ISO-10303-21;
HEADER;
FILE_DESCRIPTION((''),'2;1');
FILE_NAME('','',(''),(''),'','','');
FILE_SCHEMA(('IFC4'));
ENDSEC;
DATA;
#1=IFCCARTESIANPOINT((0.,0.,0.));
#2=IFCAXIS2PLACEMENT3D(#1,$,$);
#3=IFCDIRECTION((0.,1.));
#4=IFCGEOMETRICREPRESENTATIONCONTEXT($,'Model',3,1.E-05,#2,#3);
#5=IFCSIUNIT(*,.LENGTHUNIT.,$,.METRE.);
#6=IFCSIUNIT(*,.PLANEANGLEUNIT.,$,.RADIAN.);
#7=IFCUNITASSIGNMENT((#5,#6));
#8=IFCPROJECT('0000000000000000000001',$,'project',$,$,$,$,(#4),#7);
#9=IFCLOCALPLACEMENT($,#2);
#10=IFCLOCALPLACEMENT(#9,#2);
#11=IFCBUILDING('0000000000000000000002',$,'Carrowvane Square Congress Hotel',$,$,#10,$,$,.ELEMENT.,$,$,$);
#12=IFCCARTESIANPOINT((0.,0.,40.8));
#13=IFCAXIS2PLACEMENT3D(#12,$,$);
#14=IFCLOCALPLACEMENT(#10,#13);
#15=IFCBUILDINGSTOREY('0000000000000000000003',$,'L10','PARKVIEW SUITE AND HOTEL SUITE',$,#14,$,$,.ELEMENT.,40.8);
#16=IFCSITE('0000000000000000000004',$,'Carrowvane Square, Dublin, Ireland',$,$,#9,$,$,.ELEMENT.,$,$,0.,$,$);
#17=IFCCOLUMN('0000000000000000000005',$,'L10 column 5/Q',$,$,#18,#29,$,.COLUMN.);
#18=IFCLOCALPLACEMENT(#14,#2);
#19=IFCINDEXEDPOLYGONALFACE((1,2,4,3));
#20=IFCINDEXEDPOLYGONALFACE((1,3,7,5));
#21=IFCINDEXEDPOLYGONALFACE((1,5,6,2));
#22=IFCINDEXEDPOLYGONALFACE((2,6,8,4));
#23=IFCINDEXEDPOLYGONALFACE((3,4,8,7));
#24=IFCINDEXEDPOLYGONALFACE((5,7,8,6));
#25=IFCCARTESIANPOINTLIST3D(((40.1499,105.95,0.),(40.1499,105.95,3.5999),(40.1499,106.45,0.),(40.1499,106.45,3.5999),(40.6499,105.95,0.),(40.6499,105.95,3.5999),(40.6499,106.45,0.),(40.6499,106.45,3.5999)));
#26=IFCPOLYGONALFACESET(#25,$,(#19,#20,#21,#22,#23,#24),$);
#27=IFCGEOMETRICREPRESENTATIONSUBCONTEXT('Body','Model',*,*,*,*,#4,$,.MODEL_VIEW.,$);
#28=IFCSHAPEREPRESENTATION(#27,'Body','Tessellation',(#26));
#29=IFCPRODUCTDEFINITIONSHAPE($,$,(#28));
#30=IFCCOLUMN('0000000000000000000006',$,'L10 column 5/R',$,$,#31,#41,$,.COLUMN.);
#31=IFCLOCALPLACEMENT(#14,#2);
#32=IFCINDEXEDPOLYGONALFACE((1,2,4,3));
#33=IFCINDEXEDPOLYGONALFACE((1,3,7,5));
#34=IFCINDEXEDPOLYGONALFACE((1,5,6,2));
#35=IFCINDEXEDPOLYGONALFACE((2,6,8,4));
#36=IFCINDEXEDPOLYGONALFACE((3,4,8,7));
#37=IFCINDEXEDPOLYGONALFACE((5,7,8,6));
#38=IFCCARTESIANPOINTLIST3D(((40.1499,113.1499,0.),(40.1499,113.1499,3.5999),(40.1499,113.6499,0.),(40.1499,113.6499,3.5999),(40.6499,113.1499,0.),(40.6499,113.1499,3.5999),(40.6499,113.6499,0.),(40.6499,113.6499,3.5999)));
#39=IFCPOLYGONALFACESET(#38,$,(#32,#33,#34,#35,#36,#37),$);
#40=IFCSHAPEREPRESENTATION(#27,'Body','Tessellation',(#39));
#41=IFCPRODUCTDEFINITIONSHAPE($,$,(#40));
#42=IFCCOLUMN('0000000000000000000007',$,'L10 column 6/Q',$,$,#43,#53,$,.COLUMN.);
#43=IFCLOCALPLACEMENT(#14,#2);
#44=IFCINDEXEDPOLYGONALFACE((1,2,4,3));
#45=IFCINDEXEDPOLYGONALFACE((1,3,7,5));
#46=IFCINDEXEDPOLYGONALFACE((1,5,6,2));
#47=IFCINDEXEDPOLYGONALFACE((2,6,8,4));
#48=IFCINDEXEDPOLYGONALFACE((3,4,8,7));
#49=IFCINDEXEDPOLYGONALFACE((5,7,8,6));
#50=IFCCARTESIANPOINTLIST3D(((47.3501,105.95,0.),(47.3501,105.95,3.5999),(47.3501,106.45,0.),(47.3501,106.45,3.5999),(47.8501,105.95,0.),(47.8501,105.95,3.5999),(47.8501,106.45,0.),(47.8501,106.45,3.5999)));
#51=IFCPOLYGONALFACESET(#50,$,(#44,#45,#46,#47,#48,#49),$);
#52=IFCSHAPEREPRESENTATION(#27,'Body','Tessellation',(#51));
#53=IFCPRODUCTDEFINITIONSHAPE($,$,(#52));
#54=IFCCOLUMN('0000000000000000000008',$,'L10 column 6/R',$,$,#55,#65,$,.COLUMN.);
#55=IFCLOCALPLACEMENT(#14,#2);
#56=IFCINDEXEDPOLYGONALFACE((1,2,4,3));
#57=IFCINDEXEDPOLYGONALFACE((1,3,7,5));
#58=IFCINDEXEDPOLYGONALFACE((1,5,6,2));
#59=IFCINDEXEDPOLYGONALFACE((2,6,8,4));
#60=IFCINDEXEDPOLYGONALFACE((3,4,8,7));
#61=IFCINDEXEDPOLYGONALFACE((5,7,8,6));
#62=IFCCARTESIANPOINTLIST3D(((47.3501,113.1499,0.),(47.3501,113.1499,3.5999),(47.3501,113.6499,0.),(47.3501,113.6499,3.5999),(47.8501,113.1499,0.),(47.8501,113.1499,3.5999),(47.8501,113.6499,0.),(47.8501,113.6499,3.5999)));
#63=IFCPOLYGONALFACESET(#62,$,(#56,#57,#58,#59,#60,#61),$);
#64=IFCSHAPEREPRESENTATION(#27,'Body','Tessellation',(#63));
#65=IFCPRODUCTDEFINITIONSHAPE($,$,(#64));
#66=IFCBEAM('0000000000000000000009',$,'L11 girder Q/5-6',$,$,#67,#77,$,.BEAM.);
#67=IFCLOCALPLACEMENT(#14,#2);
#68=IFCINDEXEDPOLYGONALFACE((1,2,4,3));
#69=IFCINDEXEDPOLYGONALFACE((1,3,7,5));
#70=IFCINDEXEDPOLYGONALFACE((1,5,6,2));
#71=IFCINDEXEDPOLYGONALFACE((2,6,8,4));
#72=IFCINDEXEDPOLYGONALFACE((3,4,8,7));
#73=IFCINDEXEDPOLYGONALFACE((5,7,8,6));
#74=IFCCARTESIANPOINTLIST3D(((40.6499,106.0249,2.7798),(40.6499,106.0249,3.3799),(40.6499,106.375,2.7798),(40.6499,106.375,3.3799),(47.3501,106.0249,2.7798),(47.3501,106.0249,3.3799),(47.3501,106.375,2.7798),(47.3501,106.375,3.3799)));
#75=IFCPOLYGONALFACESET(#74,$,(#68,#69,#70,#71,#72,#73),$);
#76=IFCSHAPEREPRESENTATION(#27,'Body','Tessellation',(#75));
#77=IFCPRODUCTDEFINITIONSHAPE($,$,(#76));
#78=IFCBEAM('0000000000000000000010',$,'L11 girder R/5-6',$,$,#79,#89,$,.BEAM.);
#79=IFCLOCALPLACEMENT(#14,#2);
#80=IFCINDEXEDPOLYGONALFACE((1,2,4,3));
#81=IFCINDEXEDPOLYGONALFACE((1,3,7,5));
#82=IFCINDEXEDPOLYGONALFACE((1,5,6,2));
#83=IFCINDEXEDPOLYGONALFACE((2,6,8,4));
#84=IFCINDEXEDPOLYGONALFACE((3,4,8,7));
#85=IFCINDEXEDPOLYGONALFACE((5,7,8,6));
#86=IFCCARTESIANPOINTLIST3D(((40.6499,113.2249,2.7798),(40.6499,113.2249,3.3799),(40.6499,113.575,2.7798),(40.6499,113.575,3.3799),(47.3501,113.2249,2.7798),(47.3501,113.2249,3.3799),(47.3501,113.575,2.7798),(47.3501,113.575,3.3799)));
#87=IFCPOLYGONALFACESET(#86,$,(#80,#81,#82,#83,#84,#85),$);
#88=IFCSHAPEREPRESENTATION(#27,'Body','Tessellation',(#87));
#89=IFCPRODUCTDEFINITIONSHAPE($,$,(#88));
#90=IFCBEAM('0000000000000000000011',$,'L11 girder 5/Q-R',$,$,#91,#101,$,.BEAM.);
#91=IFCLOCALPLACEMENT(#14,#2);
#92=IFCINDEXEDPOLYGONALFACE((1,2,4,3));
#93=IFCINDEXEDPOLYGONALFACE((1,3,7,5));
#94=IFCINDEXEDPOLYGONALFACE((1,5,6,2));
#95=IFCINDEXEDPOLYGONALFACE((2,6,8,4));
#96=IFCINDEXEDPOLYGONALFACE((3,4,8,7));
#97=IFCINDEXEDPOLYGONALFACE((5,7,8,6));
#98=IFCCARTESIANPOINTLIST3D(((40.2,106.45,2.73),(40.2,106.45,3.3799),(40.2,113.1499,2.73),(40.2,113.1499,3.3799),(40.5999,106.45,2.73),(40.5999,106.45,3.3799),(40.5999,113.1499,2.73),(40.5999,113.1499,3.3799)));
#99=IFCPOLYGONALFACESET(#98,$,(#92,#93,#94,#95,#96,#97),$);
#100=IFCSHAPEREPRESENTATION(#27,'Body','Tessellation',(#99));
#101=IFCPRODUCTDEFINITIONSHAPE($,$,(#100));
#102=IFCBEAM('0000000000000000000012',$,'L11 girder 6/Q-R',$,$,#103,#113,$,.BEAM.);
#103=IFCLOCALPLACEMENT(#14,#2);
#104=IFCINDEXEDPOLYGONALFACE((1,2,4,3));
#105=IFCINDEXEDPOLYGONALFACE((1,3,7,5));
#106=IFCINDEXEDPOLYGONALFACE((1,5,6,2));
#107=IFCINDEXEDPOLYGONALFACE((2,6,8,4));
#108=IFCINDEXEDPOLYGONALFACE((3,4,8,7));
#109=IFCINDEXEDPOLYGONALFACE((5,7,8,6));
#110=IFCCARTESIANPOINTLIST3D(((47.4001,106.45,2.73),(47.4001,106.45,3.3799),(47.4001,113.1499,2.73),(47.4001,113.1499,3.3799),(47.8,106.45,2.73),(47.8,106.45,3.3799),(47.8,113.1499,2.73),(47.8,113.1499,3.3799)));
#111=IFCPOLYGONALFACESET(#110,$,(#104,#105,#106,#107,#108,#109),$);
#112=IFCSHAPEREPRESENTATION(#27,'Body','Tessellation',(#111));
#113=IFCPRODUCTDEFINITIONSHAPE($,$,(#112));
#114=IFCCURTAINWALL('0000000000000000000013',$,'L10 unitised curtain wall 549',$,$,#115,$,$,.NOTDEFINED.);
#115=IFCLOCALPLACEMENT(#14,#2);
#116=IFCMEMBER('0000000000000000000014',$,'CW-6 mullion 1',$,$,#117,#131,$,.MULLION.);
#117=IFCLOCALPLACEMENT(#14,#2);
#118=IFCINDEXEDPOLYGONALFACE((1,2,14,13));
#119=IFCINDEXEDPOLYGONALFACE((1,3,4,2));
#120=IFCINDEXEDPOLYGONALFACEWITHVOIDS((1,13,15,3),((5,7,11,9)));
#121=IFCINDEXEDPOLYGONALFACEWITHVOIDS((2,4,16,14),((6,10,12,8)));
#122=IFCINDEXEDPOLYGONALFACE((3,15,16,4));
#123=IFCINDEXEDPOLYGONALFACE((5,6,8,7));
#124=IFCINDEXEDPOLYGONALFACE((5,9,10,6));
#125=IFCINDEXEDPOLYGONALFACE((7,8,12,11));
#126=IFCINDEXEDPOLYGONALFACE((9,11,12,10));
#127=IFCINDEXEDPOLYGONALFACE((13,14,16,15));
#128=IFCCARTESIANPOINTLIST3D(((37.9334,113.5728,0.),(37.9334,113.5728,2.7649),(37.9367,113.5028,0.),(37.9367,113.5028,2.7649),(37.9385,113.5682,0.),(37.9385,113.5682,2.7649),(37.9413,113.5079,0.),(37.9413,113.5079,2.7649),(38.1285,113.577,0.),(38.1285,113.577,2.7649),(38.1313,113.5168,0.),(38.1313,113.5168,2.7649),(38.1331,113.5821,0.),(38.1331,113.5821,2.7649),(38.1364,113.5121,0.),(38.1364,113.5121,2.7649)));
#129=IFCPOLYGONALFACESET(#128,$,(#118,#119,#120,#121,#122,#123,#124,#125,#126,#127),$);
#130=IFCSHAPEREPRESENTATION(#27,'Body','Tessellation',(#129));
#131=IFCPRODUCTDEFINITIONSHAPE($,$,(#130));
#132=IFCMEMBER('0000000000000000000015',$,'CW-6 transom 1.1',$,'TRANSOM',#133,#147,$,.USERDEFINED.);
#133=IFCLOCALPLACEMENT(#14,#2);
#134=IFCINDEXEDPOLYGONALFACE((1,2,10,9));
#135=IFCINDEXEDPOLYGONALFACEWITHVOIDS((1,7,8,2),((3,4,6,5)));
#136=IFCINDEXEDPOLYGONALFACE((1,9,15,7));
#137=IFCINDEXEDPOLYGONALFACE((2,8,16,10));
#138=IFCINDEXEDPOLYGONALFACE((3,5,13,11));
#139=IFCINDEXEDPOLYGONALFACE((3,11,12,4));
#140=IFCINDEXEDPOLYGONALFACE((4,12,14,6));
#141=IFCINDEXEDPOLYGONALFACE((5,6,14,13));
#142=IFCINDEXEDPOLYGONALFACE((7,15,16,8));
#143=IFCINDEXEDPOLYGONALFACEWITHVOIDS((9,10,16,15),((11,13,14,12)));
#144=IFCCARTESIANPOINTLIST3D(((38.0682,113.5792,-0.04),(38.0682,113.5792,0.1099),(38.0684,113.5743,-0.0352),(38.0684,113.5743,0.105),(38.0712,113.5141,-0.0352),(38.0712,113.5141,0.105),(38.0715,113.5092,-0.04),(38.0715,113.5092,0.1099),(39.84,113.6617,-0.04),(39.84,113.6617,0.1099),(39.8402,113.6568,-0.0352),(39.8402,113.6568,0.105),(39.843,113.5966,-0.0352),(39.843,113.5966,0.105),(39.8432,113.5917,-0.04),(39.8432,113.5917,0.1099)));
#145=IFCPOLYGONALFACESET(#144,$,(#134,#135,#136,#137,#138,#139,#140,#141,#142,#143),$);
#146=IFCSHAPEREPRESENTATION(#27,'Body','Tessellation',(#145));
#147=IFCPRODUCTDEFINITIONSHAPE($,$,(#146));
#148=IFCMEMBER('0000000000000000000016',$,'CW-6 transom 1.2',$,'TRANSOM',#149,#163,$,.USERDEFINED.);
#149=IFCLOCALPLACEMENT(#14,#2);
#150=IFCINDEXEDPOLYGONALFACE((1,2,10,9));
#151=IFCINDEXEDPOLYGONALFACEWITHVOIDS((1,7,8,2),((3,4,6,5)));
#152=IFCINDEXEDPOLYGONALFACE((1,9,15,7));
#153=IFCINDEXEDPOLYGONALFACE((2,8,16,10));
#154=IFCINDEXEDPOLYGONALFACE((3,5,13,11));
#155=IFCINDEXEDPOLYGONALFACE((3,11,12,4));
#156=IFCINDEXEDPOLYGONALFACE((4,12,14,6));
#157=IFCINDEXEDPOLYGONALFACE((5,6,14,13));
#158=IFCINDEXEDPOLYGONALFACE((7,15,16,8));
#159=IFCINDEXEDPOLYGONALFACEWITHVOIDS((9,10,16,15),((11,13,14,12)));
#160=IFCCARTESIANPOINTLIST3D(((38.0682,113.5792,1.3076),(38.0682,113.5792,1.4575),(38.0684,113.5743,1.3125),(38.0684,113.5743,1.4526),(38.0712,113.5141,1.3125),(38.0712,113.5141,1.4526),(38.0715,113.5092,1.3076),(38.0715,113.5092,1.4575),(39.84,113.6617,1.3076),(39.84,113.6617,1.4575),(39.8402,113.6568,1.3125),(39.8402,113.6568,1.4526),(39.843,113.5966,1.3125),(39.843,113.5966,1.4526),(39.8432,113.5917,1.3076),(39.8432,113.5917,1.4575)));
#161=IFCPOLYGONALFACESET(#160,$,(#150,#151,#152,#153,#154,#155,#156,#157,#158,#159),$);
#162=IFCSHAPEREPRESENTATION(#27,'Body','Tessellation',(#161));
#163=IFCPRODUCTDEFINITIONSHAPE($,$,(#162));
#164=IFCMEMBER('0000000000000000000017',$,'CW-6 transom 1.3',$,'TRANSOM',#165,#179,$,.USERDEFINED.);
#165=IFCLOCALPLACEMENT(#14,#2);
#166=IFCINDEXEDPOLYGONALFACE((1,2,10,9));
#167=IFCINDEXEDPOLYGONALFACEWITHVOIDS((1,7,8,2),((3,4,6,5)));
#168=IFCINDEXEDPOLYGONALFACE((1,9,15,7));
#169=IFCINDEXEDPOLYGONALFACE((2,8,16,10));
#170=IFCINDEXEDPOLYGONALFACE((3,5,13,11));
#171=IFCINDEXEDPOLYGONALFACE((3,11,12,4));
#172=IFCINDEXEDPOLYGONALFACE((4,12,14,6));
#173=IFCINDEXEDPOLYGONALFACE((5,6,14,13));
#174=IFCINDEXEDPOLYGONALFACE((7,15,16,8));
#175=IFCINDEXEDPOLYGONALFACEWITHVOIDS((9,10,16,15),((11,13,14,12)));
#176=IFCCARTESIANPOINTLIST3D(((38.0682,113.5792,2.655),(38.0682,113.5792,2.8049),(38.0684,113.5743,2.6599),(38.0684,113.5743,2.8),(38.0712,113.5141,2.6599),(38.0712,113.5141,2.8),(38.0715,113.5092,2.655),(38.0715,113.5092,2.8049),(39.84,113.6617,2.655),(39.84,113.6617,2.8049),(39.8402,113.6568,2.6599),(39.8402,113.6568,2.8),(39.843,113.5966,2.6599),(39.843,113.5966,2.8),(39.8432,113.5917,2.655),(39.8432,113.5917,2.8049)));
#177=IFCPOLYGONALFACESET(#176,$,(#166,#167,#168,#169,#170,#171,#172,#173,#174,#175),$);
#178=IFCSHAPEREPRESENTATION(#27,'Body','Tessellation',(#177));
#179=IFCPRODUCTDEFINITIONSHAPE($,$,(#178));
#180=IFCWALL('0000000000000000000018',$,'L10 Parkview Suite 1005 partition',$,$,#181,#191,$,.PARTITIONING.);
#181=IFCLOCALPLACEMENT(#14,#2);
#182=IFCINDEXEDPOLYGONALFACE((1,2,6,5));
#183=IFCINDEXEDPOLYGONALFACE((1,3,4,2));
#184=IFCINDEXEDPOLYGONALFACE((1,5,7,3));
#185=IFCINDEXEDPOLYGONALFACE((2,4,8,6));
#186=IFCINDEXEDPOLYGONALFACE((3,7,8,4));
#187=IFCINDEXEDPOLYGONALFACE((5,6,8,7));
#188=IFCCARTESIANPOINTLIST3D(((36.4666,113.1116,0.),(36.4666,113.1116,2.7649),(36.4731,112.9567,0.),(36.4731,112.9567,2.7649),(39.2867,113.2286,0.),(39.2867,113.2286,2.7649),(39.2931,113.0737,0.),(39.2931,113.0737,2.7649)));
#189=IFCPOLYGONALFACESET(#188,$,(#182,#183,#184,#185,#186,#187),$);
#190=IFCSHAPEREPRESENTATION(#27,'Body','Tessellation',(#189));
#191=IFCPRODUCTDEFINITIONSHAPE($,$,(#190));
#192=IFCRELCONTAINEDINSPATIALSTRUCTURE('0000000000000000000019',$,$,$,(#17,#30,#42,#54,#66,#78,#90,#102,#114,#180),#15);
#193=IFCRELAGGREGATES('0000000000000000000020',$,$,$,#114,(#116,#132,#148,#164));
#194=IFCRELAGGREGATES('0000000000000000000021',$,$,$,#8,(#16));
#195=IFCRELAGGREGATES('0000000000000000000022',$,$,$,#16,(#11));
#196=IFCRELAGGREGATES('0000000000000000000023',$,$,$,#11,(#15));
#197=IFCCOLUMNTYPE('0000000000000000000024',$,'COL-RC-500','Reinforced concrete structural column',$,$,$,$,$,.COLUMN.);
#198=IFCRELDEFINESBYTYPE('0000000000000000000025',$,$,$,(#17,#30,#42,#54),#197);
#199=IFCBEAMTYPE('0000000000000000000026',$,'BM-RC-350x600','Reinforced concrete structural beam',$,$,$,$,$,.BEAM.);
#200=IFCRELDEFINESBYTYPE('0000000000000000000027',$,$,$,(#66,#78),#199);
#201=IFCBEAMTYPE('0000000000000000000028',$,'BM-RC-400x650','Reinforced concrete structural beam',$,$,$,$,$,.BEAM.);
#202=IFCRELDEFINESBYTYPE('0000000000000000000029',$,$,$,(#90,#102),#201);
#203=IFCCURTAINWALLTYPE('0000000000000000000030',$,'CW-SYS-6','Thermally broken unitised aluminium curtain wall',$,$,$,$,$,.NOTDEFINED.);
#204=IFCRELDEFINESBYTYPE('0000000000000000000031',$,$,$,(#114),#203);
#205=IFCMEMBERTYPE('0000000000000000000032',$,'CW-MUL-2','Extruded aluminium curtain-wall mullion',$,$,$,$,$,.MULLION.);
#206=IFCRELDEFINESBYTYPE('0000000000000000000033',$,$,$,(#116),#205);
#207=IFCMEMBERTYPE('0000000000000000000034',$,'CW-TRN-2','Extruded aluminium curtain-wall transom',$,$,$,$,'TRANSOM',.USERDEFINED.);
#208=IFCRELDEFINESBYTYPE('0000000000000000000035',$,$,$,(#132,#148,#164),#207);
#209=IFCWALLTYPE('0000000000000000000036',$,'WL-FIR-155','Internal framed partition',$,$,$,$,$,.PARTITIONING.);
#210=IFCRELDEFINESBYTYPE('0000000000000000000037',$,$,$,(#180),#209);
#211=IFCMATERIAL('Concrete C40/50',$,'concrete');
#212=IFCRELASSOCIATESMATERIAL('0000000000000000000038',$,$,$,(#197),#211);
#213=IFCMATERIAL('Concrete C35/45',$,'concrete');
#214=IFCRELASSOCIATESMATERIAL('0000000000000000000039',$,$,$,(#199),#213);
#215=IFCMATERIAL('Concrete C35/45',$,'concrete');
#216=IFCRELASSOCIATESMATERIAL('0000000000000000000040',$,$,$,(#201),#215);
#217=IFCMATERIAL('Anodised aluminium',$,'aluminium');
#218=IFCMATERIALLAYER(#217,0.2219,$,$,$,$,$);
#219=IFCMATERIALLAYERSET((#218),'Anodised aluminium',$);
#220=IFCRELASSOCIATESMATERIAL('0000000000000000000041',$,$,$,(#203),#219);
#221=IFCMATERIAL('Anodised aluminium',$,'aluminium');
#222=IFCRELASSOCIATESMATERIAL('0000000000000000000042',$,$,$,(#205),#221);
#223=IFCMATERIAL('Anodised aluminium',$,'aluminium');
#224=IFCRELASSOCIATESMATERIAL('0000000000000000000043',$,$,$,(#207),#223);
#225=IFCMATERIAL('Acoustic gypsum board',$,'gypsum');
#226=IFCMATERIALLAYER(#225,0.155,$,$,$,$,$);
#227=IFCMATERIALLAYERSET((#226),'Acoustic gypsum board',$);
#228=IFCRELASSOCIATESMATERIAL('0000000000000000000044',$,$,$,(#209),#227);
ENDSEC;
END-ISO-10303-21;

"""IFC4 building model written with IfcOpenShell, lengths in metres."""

from ifc_helpers import new_model, si_unit, direction, frame, frame_2d, origin, origin_2d, place, context, subcontext, project, spatial, rectangle, hollow_rectangle, extrude, material, layer, layer_set, material_profile, profile_set, type_object, element, aggregate, save


model = new_model("IFC4")

# Units and contexts
model_context = context("Model", 3, precision=1e-05, world=origin(), true_north=direction((0.0, 1.0)))
body_context = subcontext(model_context, "Body", "Model", "MODEL_VIEW")
ifc_project = project(units=[si_unit("LENGTHUNIT", "METRE"), si_unit("PLANEANGLEUNIT", "RADIAN")], contexts=[model_context])

# Site, building, storey
site_placement = place(None, origin())
site = spatial("IfcSite", under=ifc_project, at=site_placement, Name="Carrowvane Square, Dublin, Ireland", CompositionType="ELEMENT", RefElevation=0.0)
building_placement = place(site_placement, origin())
building = spatial("IfcBuilding", under=site, at=building_placement, Name="Carrowvane Square Congress Hotel", CompositionType="ELEMENT")
storey_placement = place(building_placement, frame((0.0, 0.0, 40.8)))
storey = spatial("IfcBuildingStorey", under=building, at=storey_placement, Name="L10", Description="PARKVIEW SUITE AND HOTEL SUITE", CompositionType="ELEMENT", Elevation=40.8)

# Columns
ifc_material_1 = material(Name="Concrete C40/50", Category="concrete")
ifc_material_profile_1 = material_profile(ifc_material_1, rectangle(XDim=0.5, YDim=0.5, at=origin_2d()), Name="RC 500x500")
ifc_profile_set_1 = profile_set([ifc_material_profile_1], Name="Concrete C40/50")
column_type = type_object("IfcColumnType", Name="COL-RC-500", Description="Reinforced concrete structural column", PredefinedType="COLUMN", material=ifc_profile_set_1)
for number, where, z_axis, x_axis, name in (
    (1, (40.3999, 106.2, 0.0), (0.0, 0.0, 1.0), (1.0, 0.0, 0.0), "L10 column 5/Q"),
    (2, (40.3999, 113.3999, 0.0), (0.0, 0.0, 1.0), (1.0, 0.0, 0.0), "L10 column 5/R"),
    (3, (47.6001, 106.2, 0.0), (0.0, 0.0, 1.0), (1.0, 0.0, 0.0), "L10 column 6/Q"),
    (4, (47.6001, 113.3999, 0.0), (0.0, 0.0, 1.0), (1.0, 0.0, 0.0), "L10 column 6/R"),
):
    element("IfcColumn", number, at=place(storey_placement, frame(where, z_axis=z_axis, x_axis=x_axis)), inside=storey, type_object=column_type, Name=name, PredefinedType="COLUMN", context=body_context, shape_type="SweptSolid", body=[
        extrude(rectangle(XDim=0.5, YDim=0.5, at=origin_2d()), origin(), (0.0, 0.0, 1.0), 3.5999),
    ])

# Beams
ifc_material_2 = material(Name="Concrete C35/45", Category="concrete")
ifc_material_profile_2 = material_profile(ifc_material_2, rectangle(XDim=0.3501, YDim=0.6001, at=origin_2d()), Name="RC 350x600")
ifc_profile_set_2 = profile_set([ifc_material_profile_2], Name="Concrete C35/45")
beam_type_1 = type_object("IfcBeamType", Name="BM-RC-350x600", Description="Reinforced concrete structural beam", PredefinedType="BEAM", material=ifc_profile_set_2)
for number, where, z_axis, x_axis, name in (
    (5, (40.6499, 106.2, 3.0798), (1.0, 0.0, 0.0), (0.0, 1.0, 0.0), "L11 girder Q/5-6"),
    (6, (40.6499, 113.3999, 3.0798), (1.0, 0.0, 0.0), (0.0, 1.0, 0.0), "L11 girder R/5-6"),
):
    element("IfcBeam", number, at=place(storey_placement, frame(where, z_axis=z_axis, x_axis=x_axis)), inside=storey, type_object=beam_type_1, Name=name, PredefinedType="BEAM", context=body_context, shape_type="SweptSolid", body=[
        extrude(rectangle(XDim=0.3501, YDim=0.6001, at=origin_2d()), origin(), (0.0, 0.0, 1.0), 6.7002),
    ])
ifc_material_3 = material(Name="Concrete C35/45", Category="concrete")
ifc_material_profile_3 = material_profile(ifc_material_3, rectangle(XDim=0.3999, YDim=0.6499, at=origin_2d()), Name="RC 400x650")
ifc_profile_set_3 = profile_set([ifc_material_profile_3], Name="Concrete C35/45")
beam_type_2 = type_object("IfcBeamType", Name="BM-RC-400x650", Description="Reinforced concrete structural beam", PredefinedType="BEAM", material=ifc_profile_set_3)
for number, where, z_axis, x_axis, name in (
    (7, (40.3999, 106.45, 3.0549), (0.0, 1.0, 0.0), (-1.0, 0.0, 0.0), "L11 girder 5/Q-R"),
    (8, (47.6001, 106.45, 3.0549), (0.0, 1.0, 0.0), (-1.0, 0.0, 0.0), "L11 girder 6/Q-R"),
):
    element("IfcBeam", number, at=place(storey_placement, frame(where, z_axis=z_axis, x_axis=x_axis)), inside=storey, type_object=beam_type_2, Name=name, PredefinedType="BEAM", context=body_context, shape_type="SweptSolid", body=[
        extrude(rectangle(XDim=0.3999, YDim=0.6499, at=origin_2d()), origin(), (0.0, 0.0, 1.0), 6.7),
    ])

# Curtain wall, members
ifc_material_4 = material(Name="Anodised aluminium", Category="aluminium")
ifc_layer_1 = layer(ifc_material_4, 0.2219)
ifc_layer_set_1 = layer_set([ifc_layer_1], Name="Anodised aluminium")
curtain_wall_type = type_object("IfcCurtainWallType", Name="CW-SYS-6", Description="Thermally broken unitised aluminium curtain wall", PredefinedType="NOTDEFINED", material=ifc_layer_set_1)
curtain_wall_placement = place(storey_placement, origin())
curtain_wall = element("IfcCurtainWall", 9, at=curtain_wall_placement, inside=storey, type_object=curtain_wall_type, Name="L10 unitised curtain wall 549", PredefinedType="NOTDEFINED")
ifc_material_5 = material(Name="Anodised aluminium", Category="aluminium")
ifc_material_profile_4 = material_profile(ifc_material_5, hollow_rectangle(XDim=0.0701, YDim=0.2, WallThickness=0.0049, at=origin_2d()), Name="CW-ML 70x200x5")
ifc_profile_set_4 = profile_set([ifc_material_profile_4], Name="Anodised aluminium")
member_type_1 = type_object("IfcMemberType", Name="CW-MUL-2", Description="Extruded aluminium curtain-wall mullion", PredefinedType="MULLION", material=ifc_profile_set_4)
member_1_placement = place(storey_placement, frame((38.0349, 113.5425, 0.0), z_axis=(0.0, 0.0, 1.0), x_axis=(-0.046522, 0.998917, 0.0)))
member_1 = element("IfcMember", 10, at=member_1_placement, type_object=member_type_1, Name="CW-6 mullion 1", PredefinedType="MULLION", context=body_context, shape_type="SweptSolid", body=[
    extrude(hollow_rectangle(XDim=0.0701, YDim=0.2, WallThickness=0.0049, at=origin_2d()), origin(), (0.0, 0.0, 1.0), 2.7649),
])
ifc_material_6 = material(Name="Anodised aluminium", Category="aluminium")
ifc_material_profile_5 = material_profile(ifc_material_6, hollow_rectangle(XDim=0.0701, YDim=0.1499, WallThickness=0.0049, at=origin_2d()), Name="CW-TR 70x150x5")
ifc_profile_set_5 = profile_set([ifc_material_profile_5], Name="Anodised aluminium")
member_type_2 = type_object("IfcMemberType", Name="CW-TRN-2", Description="Extruded aluminium curtain-wall transom", ElementType="TRANSOM", PredefinedType="USERDEFINED", material=ifc_profile_set_5)
member_2_placement = place(storey_placement, frame((38.0698, 113.5442, 0.0349), z_axis=(0.998917, 0.046525, 0.0), x_axis=(-0.046525, 0.998917, 0.0)))
member_2 = element("IfcMember", 11, at=member_2_placement, type_object=member_type_2, Name="CW-6 transom 1.1", ObjectType="TRANSOM", PredefinedType="USERDEFINED", context=body_context, shape_type="SweptSolid", body=[
    extrude(hollow_rectangle(XDim=0.0701, YDim=0.1499, WallThickness=0.0049, at=origin_2d()), origin(), (0.0, 0.0, 1.0), 1.7737),
])
member_3_placement = place(storey_placement, frame((38.0698, 113.5442, 1.3826), z_axis=(0.998917, 0.046525, 0.0), x_axis=(-0.046525, 0.998917, 0.0)))
member_3 = element("IfcMember", 12, at=member_3_placement, type_object=member_type_2, Name="CW-6 transom 1.2", ObjectType="TRANSOM", PredefinedType="USERDEFINED", context=body_context, shape_type="SweptSolid", body=[
    extrude(hollow_rectangle(XDim=0.0701, YDim=0.1499, WallThickness=0.0049, at=origin_2d()), origin(), (0.0, 0.0, 1.0), 1.7737),
])
member_4_placement = place(storey_placement, frame((38.0698, 113.5442, 2.73), z_axis=(0.998917, 0.046525, 0.0), x_axis=(-0.046525, 0.998917, 0.0)))
member_4 = element("IfcMember", 13, at=member_4_placement, type_object=member_type_2, Name="CW-6 transom 1.3", ObjectType="TRANSOM", PredefinedType="USERDEFINED", context=body_context, shape_type="SweptSolid", body=[
    extrude(hollow_rectangle(XDim=0.0701, YDim=0.1499, WallThickness=0.0049, at=origin_2d()), origin(), (0.0, 0.0, 1.0), 1.7737),
])
aggregate(curtain_wall, [member_1, member_2, member_3, member_4])

# Wall
ifc_material_7 = material(Name="Acoustic gypsum board", Category="gypsum")
ifc_layer_2 = layer(ifc_material_7, 0.155)
ifc_layer_set_2 = layer_set([ifc_layer_2], Name="Acoustic gypsum board")
wall_type_1 = type_object("IfcWallType", Name="WL-FIR-155", Description="Internal framed partition", PredefinedType="PARTITIONING", material=ifc_layer_set_2)
wall_1_placement = place(storey_placement, frame((36.47, 113.0342, 0.0), z_axis=(0.0, 0.0, 1.0), x_axis=(0.999141, 0.041433, 0.0)))
element("IfcWall", 14, at=wall_1_placement, inside=storey, type_object=wall_type_1, Name="L10 Parkview Suite 1005 partition", PredefinedType="PARTITIONING", context=body_context, shape_type="SweptSolid", body=[
    extrude(rectangle(XDim=2.8225, YDim=0.155, at=frame_2d((1.4111, 0.0))), origin(), (0.0, 0.0, 1.0), 2.7649),
])

save(model, "model.ifc")
